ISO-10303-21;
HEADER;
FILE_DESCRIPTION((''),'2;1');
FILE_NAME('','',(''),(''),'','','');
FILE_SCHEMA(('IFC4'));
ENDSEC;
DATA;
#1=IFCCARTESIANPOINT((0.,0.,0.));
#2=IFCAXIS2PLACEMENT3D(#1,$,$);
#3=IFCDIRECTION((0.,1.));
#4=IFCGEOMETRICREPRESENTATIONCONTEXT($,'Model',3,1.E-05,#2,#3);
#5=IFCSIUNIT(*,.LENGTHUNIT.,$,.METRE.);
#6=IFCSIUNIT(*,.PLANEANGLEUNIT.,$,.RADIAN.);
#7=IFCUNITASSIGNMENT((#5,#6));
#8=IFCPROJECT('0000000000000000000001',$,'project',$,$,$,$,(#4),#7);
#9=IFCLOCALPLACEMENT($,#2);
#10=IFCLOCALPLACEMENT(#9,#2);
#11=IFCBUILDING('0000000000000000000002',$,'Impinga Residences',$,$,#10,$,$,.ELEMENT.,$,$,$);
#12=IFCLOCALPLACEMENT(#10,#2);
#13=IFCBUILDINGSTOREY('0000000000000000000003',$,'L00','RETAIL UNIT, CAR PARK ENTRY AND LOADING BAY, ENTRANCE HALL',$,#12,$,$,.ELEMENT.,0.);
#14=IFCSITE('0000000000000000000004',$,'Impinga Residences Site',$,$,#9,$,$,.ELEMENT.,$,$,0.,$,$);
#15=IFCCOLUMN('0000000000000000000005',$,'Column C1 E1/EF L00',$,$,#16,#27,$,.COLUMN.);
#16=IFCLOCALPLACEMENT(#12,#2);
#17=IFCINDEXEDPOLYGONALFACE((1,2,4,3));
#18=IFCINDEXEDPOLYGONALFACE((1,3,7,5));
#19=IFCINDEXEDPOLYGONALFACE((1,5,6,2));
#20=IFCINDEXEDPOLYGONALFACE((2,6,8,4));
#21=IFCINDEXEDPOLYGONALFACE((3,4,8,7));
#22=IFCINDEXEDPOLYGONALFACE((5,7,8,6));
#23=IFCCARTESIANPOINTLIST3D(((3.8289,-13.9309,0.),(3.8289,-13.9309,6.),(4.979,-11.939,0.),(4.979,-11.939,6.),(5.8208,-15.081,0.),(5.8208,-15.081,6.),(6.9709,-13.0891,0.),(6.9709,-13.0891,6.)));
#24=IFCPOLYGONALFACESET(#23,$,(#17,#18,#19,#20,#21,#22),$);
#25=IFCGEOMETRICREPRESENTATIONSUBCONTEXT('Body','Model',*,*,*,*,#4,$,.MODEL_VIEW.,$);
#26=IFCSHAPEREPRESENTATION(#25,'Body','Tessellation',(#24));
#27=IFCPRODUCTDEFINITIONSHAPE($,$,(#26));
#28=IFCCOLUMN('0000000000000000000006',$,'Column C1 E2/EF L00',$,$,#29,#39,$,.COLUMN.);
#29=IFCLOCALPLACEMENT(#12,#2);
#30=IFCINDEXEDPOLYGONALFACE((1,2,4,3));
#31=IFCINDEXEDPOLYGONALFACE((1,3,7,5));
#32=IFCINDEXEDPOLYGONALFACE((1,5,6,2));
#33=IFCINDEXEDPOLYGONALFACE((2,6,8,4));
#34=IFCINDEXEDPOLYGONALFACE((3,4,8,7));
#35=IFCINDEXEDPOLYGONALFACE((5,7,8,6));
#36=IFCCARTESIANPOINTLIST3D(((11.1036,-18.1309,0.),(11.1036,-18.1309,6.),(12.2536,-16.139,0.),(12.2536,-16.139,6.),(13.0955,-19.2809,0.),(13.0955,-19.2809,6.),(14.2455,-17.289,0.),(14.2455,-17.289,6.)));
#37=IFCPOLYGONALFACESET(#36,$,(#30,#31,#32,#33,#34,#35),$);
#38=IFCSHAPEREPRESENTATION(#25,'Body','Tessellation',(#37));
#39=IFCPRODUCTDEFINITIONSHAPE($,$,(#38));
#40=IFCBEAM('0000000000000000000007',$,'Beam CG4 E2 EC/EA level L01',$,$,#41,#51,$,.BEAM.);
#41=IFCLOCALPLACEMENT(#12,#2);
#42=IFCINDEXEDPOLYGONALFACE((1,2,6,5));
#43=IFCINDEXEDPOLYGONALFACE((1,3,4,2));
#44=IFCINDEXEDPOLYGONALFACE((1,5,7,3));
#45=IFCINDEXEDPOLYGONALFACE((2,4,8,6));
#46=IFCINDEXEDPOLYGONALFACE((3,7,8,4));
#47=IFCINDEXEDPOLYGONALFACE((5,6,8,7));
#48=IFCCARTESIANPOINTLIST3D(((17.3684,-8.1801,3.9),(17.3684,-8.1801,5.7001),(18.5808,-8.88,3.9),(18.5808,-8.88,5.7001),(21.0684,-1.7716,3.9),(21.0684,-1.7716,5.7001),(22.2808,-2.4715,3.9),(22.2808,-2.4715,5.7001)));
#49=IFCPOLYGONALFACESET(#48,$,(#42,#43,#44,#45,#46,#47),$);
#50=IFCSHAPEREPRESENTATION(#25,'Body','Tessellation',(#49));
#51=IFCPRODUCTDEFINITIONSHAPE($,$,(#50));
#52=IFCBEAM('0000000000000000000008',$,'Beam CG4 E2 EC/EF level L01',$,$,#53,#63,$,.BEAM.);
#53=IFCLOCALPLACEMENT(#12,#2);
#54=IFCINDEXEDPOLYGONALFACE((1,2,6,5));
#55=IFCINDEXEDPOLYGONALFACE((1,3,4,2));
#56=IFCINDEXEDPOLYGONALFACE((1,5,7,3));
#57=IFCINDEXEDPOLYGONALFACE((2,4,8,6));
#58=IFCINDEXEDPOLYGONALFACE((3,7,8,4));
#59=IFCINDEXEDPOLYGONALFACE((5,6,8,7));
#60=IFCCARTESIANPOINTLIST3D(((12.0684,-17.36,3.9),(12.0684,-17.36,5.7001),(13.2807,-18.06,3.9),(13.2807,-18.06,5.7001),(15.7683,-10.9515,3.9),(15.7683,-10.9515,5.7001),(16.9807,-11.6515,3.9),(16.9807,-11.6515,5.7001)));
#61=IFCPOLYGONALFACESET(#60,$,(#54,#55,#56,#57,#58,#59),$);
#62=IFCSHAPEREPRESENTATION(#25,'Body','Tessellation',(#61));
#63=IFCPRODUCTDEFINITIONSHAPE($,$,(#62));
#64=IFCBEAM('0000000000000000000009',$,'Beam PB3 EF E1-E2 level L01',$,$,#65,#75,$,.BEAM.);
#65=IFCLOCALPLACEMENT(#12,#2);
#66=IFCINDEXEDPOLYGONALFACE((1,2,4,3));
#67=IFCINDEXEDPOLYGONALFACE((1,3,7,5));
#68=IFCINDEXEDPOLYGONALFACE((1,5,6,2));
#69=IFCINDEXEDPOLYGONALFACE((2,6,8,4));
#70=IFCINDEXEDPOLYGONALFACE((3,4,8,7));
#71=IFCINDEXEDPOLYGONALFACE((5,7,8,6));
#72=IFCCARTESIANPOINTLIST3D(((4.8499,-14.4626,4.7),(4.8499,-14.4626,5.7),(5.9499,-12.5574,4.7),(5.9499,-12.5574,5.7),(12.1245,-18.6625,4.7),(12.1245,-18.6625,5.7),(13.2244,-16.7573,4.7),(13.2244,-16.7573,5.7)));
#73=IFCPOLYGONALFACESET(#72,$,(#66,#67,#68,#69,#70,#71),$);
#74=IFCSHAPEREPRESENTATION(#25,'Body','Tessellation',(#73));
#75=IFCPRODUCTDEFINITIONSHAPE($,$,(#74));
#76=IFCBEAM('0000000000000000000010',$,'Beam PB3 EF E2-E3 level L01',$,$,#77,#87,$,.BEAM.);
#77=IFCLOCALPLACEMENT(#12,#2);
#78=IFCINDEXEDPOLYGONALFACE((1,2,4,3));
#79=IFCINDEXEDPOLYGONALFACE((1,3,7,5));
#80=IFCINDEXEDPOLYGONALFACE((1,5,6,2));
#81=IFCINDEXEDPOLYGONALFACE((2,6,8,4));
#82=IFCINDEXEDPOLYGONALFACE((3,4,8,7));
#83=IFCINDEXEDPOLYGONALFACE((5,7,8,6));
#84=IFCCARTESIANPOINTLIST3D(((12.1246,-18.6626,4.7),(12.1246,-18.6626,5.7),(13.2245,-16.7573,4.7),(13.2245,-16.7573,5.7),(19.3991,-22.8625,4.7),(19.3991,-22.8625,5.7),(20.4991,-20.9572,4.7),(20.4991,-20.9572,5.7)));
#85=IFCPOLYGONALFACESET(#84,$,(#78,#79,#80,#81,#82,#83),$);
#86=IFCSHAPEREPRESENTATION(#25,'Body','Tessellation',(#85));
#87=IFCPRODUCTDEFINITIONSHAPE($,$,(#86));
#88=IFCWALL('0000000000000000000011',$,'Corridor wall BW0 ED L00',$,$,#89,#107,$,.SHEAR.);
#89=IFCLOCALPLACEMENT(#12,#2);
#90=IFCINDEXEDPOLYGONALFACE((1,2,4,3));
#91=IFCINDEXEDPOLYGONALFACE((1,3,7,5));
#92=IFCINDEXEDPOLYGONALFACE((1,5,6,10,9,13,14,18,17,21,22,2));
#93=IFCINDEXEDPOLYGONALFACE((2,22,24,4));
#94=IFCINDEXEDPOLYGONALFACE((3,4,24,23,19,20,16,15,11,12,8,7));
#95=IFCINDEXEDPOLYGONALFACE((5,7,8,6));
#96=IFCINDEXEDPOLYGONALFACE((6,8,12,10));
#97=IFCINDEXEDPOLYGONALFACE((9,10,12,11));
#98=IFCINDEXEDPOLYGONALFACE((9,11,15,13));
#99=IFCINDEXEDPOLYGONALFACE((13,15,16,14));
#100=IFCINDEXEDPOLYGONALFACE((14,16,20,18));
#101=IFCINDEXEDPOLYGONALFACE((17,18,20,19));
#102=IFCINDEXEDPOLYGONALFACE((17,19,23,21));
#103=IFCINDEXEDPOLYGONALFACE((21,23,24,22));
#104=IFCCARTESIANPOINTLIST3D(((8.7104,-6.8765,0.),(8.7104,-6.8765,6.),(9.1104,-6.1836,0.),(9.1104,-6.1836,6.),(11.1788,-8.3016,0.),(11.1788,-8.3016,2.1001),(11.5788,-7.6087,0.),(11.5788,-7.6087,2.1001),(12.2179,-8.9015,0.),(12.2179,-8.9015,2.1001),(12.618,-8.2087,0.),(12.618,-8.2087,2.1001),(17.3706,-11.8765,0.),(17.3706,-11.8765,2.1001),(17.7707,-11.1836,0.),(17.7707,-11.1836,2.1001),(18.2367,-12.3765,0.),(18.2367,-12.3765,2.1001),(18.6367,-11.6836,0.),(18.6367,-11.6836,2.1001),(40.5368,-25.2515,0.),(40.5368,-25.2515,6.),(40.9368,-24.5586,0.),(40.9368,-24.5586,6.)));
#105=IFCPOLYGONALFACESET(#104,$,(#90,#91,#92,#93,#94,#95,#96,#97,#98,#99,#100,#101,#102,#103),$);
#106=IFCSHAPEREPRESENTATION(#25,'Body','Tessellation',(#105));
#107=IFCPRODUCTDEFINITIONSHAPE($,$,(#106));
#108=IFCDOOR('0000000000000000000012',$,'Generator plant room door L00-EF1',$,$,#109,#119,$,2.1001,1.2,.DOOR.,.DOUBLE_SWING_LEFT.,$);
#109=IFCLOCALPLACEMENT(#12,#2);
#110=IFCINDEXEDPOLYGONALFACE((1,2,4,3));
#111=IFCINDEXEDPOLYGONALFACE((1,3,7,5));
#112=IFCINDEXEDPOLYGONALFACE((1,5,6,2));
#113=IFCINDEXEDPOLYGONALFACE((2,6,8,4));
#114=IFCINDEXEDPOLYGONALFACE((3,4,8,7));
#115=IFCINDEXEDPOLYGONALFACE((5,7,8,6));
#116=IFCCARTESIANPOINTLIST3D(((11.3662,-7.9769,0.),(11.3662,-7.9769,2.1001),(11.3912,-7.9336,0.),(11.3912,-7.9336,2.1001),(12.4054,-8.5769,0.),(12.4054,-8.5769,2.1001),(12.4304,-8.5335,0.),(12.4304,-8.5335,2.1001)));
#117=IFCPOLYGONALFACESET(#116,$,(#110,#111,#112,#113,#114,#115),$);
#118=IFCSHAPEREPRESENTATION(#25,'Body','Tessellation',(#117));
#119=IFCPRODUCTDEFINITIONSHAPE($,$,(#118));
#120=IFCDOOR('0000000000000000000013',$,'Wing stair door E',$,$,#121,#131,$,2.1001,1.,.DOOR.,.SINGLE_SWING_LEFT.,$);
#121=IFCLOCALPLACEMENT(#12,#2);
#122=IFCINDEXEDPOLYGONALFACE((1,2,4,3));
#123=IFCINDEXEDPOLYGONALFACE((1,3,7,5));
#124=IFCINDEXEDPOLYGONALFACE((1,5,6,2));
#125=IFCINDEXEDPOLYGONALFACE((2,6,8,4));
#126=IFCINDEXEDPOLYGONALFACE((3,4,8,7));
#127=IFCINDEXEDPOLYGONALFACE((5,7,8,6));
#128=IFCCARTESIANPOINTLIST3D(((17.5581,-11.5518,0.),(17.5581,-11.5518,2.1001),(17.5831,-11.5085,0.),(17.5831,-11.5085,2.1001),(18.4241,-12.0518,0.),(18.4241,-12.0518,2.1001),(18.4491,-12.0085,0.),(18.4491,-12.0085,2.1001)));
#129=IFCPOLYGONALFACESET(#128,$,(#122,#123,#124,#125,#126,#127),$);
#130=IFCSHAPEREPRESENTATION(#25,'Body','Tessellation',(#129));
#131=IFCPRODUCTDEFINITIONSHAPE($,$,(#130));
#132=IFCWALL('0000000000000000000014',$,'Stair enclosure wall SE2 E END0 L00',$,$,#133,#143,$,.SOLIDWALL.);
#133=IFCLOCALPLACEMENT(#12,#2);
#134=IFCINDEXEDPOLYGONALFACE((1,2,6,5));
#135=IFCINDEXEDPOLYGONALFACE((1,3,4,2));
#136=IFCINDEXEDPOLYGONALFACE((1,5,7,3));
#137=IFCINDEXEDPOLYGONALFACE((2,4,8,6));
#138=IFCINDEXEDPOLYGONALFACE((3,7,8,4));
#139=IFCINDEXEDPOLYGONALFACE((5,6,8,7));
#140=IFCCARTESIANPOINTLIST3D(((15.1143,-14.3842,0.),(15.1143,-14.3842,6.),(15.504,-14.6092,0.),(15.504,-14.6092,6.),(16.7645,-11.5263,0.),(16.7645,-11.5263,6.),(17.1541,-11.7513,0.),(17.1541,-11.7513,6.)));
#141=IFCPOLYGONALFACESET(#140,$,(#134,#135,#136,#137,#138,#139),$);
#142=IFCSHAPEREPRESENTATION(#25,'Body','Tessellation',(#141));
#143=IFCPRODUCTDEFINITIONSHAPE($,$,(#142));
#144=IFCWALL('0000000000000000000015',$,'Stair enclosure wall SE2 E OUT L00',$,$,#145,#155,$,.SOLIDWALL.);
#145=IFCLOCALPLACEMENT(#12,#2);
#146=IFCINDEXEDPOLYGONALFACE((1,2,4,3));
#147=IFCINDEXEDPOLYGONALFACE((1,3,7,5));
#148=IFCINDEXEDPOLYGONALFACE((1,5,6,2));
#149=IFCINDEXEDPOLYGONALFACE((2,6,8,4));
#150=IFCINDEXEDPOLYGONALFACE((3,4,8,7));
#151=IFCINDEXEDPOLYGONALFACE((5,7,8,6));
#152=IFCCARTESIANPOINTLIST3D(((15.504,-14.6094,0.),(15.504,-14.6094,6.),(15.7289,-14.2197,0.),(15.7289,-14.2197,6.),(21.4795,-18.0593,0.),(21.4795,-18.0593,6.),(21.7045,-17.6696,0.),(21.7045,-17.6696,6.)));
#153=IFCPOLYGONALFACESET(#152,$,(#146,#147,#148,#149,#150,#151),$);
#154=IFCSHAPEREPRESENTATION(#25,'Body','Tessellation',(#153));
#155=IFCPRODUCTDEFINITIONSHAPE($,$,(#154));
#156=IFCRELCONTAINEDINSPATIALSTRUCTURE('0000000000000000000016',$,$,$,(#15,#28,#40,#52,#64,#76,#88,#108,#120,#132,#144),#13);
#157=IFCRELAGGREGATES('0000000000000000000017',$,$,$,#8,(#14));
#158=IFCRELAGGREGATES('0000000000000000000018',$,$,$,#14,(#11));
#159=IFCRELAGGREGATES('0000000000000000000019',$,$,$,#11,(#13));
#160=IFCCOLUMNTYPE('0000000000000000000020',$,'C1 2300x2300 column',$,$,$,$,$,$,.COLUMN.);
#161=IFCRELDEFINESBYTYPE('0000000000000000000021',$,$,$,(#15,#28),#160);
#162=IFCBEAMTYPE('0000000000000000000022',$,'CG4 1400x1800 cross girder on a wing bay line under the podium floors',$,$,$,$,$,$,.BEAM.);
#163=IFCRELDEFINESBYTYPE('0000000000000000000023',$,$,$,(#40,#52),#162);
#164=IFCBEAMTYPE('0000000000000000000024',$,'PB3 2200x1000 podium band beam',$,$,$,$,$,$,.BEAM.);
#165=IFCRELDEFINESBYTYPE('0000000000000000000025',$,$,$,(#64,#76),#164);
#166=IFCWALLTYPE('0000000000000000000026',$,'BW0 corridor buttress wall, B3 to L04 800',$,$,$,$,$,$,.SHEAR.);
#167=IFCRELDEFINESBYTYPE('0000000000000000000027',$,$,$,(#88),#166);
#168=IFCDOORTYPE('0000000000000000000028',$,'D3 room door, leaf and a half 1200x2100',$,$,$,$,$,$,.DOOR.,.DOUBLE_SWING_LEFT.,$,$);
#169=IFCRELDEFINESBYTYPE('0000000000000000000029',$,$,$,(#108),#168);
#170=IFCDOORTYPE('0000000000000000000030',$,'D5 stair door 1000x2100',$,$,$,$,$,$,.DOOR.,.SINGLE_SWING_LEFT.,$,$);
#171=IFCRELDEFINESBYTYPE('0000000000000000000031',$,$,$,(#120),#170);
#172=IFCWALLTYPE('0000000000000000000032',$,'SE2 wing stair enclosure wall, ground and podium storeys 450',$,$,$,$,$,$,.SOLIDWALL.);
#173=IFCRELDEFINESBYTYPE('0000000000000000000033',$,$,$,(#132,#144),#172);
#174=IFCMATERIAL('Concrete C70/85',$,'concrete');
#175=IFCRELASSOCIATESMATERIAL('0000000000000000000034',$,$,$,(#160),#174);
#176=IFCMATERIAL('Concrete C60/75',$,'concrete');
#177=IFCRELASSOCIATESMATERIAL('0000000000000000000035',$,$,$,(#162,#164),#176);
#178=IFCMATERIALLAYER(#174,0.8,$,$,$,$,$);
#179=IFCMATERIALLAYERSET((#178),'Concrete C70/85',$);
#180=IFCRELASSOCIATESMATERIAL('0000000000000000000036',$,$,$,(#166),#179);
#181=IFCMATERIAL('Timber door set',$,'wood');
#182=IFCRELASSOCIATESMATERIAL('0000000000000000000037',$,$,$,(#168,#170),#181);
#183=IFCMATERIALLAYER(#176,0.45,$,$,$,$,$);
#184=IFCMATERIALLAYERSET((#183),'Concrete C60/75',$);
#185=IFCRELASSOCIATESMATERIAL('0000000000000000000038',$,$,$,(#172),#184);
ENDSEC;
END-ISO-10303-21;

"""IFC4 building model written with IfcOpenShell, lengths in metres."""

from ifc_helpers import new_model, si_unit, direction, frame, frame_2d, origin, origin_2d, place, context, subcontext, project, spatial, rectangle, extrude, material, layer, layer_set, material_profile, profile_set, type_object, element, fill, save


model = new_model("IFC4")

# Units and contexts
model_context = context("Model", 3, precision=1e-05, world=origin(), true_north=direction((0.0, 1.0)))
body_context = subcontext(model_context, "Body", "Model", "MODEL_VIEW")
ifc_project = project(units=[si_unit("LENGTHUNIT", "METRE"), si_unit("PLANEANGLEUNIT", "RADIAN")], contexts=[model_context])

# Site, building, storey
site_placement = place(None, origin())
site = spatial("IfcSite", under=ifc_project, at=site_placement, Name="Impinga Residences Site", CompositionType="ELEMENT", RefElevation=0.0)
building_placement = place(site_placement, origin())
building = spatial("IfcBuilding", under=site, at=building_placement, Name="Impinga Residences", CompositionType="ELEMENT")
storey_placement = place(building_placement, origin())
storey = spatial("IfcBuildingStorey", under=building, at=storey_placement, Name="L00", Description="RETAIL UNIT, CAR PARK ENTRY AND LOADING BAY, ENTRANCE HALL", CompositionType="ELEMENT", Elevation=0.0)

# Columns
ifc_material_1 = material(Name="Concrete C70/85", Category="concrete")
ifc_material_profile_1 = material_profile(ifc_material_1, rectangle(XDim=2.3, YDim=2.3, at=origin_2d()), Name="RC 2300x2300")
ifc_profile_set_1 = profile_set([ifc_material_profile_1], Name="Concrete C70/85")
column_type = type_object("IfcColumnType", Name="C1 2300x2300 column", PredefinedType="COLUMN", material=ifc_profile_set_1)
for number, where, z_axis, x_axis, name in (
    (1, (5.3999, -13.51, 0.0), (0.0, 0.0, 1.0), (-0.5, -0.866025, 0.0), "Column C1 E1/EF L00"),
    (2, (12.6746, -17.71, 0.0), (0.0, 0.0, 1.0), (-0.5, -0.866025, 0.0), "Column C1 E2/EF L00"),
):
    element("IfcColumn", number, at=place(storey_placement, frame(where, z_axis=z_axis, x_axis=x_axis)), inside=storey, type_object=column_type, Name=name, PredefinedType="COLUMN", context=body_context, shape_type="SweptSolid", body=[
        extrude(rectangle(XDim=2.3, YDim=2.3, at=origin_2d()), origin(), (0.0, 0.0, 1.0), 6.0),
    ])

# Beams
ifc_material_2 = material(Name="Concrete C60/75", Category="concrete")
ifc_material_profile_2 = material_profile(ifc_material_2, rectangle(XDim=1.3999, YDim=1.8, at=origin_2d()), Name="RC 1400x1800")
ifc_profile_set_2 = profile_set([ifc_material_profile_2], Name="Concrete C60/75")
beam_type_1 = type_object("IfcBeamType", Name="CG4 1400x1800 cross girder on a wing bay line under the podium floors", PredefinedType="BEAM", material=ifc_profile_set_2)
for number, where, z_axis, x_axis, name in (
    (3, (17.9746, -8.53, 4.8), (0.500003, 0.866024, 0.0), (-0.866024, 0.500003, 0.0), "Beam CG4 E2 EC/EA level L01"),
    (4, (16.3745, -11.3015, 4.8), (-0.500003, -0.866024, 0.0), (0.866024, -0.500003, 0.0), "Beam CG4 E2 EC/EF level L01"),
):
    element("IfcBeam", number, at=place(storey_placement, frame(where, z_axis=z_axis, x_axis=x_axis)), inside=storey, type_object=beam_type_1, Name=name, PredefinedType="BEAM", context=body_context, shape_type="SweptSolid", body=[
        extrude(rectangle(XDim=1.3999, YDim=1.8, at=origin_2d()), origin(), (0.0, 0.0, 1.0), 7.3999),
    ])
ifc_material_profile_3 = material_profile(ifc_material_2, rectangle(XDim=2.2, YDim=1.0, at=origin_2d()), Name="RC 2200x1000")
ifc_profile_set_3 = profile_set([ifc_material_profile_3], Name="Concrete C60/75")
beam_type_2 = type_object("IfcBeamType", Name="PB3 2200x1000 podium band beam", PredefinedType="BEAM", material=ifc_profile_set_3)
for number, where, z_axis, x_axis, name in (
    (5, (5.3999, -13.51, 5.2), (0.866029, -0.499993, 0.0), (0.499993, 0.866029, 0.0), "Beam PB3 EF E1-E2 level L01"),
    (6, (12.6746, -17.71, 5.2), (0.866029, -0.499993, 0.0), (0.499993, 0.866029, 0.0), "Beam PB3 EF E2-E3 level L01"),
):
    element("IfcBeam", number, at=place(storey_placement, frame(where, z_axis=z_axis, x_axis=x_axis)), inside=storey, type_object=beam_type_2, Name=name, PredefinedType="BEAM", context=body_context, shape_type="SweptSolid", body=[
        extrude(rectangle(XDim=2.2, YDim=1.0, at=origin_2d()), origin(), (0.0, 0.0, 1.0), 8.3999),
    ])

# Wall, openings, doors
ifc_layer_1 = layer(ifc_material_1, 0.8)
ifc_layer_set_1 = layer_set([ifc_layer_1], Name="Concrete C70/85")
wall_type_1 = type_object("IfcWallType", Name="BW0 corridor buttress wall, B3 to L04 800", PredefinedType="SHEAR", material=ifc_layer_set_1)
wall_1_placement = place(storey_placement, frame((8.9104, -6.53, 0.0), z_axis=(0.0, 0.0, 1.0), x_axis=(0.866025, -0.5, 0.0)))
wall_1 = element("IfcWall", 7, at=wall_1_placement, inside=storey, type_object=wall_type_1, Name="Corridor wall BW0 ED L00", PredefinedType="SHEAR", context=body_context, shape_type="SweptSolid", body=[
    extrude(rectangle(XDim=36.75, YDim=0.8, at=frame_2d((18.375, 0.0))), origin(), (0.0, 0.0, 1.0), 6.0),
])
opening_1_placement = place(wall_1_placement, frame((10.0, 0.0, 0.0)))
opening_1 = element("IfcOpeningElement", 8, at=opening_1_placement, cuts=wall_1, PredefinedType="OPENING", context=body_context, shape_type="SweptSolid", body=[
    extrude(rectangle(XDim=1.0, YDim=2.1001, at=frame_2d((0.5, 1.05))), frame((0.0, 0.4099, 0.0), z_axis=(0.0, -1.0, 0.0), x_axis=(1.0, 0.0, 0.0)), (0.0, 0.0, 1.0), 0.8201),
])
opening_2_placement = place(wall_1_placement, frame((2.8501, 0.0, 0.0)))
opening_2 = element("IfcOpeningElement", 9, at=opening_2_placement, cuts=wall_1, PredefinedType="OPENING", context=body_context, shape_type="SweptSolid", body=[
    extrude(rectangle(XDim=1.2, YDim=2.1001, at=frame_2d((0.6001, 1.05))), frame((0.0, 0.4099, 0.0), z_axis=(0.0, -1.0, 0.0), x_axis=(1.0, 0.0, 0.0)), (0.0, 0.0, 1.0), 0.8201),
])
ifc_material_3 = material(Name="Timber door set", Category="wood")
door_type_1 = type_object("IfcDoorType", Name="D3 room door, leaf and a half 1200x2100", OperationType="DOUBLE_SWING_LEFT", PredefinedType="DOOR", material=ifc_material_3)
door_1_placement = place(opening_2_placement, origin())
door_1 = element("IfcDoor", 10, at=door_1_placement, inside=storey, type_object=door_type_1, Name="Generator plant room door L00-EF1", OperationType="DOUBLE_SWING_LEFT", OverallHeight=2.1001, OverallWidth=1.2, PredefinedType="DOOR", context=body_context, shape_type="SweptSolid", body=[
    extrude(rectangle(XDim=1.2, YDim=2.1001, at=frame_2d((0.6001, 1.05))), frame((0.0, 0.0249, 0.0), z_axis=(0.0, -1.0, 0.0), x_axis=(1.0, 0.0, 0.0)), (0.0, 0.0, 1.0), 0.05),
])
fill(opening_2, door_1)
door_type_2 = type_object("IfcDoorType", Name="D5 stair door 1000x2100", OperationType="SINGLE_SWING_LEFT", PredefinedType="DOOR", material=ifc_material_3)
door_2_placement = place(opening_1_placement, origin())
door_2 = element("IfcDoor", 11, at=door_2_placement, inside=storey, type_object=door_type_2, Name="Wing stair door E", OperationType="SINGLE_SWING_LEFT", OverallHeight=2.1001, OverallWidth=1.0, PredefinedType="DOOR", context=body_context, shape_type="SweptSolid", body=[
    extrude(rectangle(XDim=1.0, YDim=2.1001, at=frame_2d((0.5, 1.05))), frame((0.0, 0.0249, 0.0), z_axis=(0.0, -1.0, 0.0), x_axis=(1.0, 0.0, 0.0)), (0.0, 0.0, 1.0), 0.05),
])
fill(opening_1, door_2)

# Walls
ifc_layer_2 = layer(ifc_material_2, 0.45)
ifc_layer_set_2 = layer_set([ifc_layer_2], Name="Concrete C60/75")
wall_type_2 = type_object("IfcWallType", Name="SE2 wing stair enclosure wall, ground and podium storeys 450", PredefinedType="SOLIDWALL", material=ifc_layer_set_2)
wall_2_placement = place(storey_placement, frame((16.9592, -11.6389, 0.0), z_axis=(0.0, 0.0, 1.0), x_axis=(-0.50003, -0.866008, 0.0)))
element("IfcWall", 12, at=wall_2_placement, inside=storey, type_object=wall_type_2, Name="Stair enclosure wall SE2 E END0 L00", PredefinedType="SOLIDWALL", context=body_context, shape_type="SweptSolid", body=[
    extrude(rectangle(XDim=3.3, YDim=0.45, at=frame_2d((1.6499, 0.0))), origin(), (0.0, 0.0, 1.0), 6.0),
])
wall_3_placement = place(storey_placement, frame((15.6165, -14.4146, 0.0), z_axis=(0.0, 0.0, 1.0), x_axis=(0.866029, -0.499994, 0.0)))
element("IfcWall", 13, at=wall_3_placement, inside=storey, type_object=wall_type_2, Name="Stair enclosure wall SE2 E OUT L00", PredefinedType="SOLIDWALL", context=body_context, shape_type="SweptSolid", body=[
    extrude(rectangle(XDim=6.8999, YDim=0.45, at=frame_2d((3.45, 0.0))), origin(), (0.0, 0.0, 1.0), 6.0),
])

save(model, "model.ifc")
